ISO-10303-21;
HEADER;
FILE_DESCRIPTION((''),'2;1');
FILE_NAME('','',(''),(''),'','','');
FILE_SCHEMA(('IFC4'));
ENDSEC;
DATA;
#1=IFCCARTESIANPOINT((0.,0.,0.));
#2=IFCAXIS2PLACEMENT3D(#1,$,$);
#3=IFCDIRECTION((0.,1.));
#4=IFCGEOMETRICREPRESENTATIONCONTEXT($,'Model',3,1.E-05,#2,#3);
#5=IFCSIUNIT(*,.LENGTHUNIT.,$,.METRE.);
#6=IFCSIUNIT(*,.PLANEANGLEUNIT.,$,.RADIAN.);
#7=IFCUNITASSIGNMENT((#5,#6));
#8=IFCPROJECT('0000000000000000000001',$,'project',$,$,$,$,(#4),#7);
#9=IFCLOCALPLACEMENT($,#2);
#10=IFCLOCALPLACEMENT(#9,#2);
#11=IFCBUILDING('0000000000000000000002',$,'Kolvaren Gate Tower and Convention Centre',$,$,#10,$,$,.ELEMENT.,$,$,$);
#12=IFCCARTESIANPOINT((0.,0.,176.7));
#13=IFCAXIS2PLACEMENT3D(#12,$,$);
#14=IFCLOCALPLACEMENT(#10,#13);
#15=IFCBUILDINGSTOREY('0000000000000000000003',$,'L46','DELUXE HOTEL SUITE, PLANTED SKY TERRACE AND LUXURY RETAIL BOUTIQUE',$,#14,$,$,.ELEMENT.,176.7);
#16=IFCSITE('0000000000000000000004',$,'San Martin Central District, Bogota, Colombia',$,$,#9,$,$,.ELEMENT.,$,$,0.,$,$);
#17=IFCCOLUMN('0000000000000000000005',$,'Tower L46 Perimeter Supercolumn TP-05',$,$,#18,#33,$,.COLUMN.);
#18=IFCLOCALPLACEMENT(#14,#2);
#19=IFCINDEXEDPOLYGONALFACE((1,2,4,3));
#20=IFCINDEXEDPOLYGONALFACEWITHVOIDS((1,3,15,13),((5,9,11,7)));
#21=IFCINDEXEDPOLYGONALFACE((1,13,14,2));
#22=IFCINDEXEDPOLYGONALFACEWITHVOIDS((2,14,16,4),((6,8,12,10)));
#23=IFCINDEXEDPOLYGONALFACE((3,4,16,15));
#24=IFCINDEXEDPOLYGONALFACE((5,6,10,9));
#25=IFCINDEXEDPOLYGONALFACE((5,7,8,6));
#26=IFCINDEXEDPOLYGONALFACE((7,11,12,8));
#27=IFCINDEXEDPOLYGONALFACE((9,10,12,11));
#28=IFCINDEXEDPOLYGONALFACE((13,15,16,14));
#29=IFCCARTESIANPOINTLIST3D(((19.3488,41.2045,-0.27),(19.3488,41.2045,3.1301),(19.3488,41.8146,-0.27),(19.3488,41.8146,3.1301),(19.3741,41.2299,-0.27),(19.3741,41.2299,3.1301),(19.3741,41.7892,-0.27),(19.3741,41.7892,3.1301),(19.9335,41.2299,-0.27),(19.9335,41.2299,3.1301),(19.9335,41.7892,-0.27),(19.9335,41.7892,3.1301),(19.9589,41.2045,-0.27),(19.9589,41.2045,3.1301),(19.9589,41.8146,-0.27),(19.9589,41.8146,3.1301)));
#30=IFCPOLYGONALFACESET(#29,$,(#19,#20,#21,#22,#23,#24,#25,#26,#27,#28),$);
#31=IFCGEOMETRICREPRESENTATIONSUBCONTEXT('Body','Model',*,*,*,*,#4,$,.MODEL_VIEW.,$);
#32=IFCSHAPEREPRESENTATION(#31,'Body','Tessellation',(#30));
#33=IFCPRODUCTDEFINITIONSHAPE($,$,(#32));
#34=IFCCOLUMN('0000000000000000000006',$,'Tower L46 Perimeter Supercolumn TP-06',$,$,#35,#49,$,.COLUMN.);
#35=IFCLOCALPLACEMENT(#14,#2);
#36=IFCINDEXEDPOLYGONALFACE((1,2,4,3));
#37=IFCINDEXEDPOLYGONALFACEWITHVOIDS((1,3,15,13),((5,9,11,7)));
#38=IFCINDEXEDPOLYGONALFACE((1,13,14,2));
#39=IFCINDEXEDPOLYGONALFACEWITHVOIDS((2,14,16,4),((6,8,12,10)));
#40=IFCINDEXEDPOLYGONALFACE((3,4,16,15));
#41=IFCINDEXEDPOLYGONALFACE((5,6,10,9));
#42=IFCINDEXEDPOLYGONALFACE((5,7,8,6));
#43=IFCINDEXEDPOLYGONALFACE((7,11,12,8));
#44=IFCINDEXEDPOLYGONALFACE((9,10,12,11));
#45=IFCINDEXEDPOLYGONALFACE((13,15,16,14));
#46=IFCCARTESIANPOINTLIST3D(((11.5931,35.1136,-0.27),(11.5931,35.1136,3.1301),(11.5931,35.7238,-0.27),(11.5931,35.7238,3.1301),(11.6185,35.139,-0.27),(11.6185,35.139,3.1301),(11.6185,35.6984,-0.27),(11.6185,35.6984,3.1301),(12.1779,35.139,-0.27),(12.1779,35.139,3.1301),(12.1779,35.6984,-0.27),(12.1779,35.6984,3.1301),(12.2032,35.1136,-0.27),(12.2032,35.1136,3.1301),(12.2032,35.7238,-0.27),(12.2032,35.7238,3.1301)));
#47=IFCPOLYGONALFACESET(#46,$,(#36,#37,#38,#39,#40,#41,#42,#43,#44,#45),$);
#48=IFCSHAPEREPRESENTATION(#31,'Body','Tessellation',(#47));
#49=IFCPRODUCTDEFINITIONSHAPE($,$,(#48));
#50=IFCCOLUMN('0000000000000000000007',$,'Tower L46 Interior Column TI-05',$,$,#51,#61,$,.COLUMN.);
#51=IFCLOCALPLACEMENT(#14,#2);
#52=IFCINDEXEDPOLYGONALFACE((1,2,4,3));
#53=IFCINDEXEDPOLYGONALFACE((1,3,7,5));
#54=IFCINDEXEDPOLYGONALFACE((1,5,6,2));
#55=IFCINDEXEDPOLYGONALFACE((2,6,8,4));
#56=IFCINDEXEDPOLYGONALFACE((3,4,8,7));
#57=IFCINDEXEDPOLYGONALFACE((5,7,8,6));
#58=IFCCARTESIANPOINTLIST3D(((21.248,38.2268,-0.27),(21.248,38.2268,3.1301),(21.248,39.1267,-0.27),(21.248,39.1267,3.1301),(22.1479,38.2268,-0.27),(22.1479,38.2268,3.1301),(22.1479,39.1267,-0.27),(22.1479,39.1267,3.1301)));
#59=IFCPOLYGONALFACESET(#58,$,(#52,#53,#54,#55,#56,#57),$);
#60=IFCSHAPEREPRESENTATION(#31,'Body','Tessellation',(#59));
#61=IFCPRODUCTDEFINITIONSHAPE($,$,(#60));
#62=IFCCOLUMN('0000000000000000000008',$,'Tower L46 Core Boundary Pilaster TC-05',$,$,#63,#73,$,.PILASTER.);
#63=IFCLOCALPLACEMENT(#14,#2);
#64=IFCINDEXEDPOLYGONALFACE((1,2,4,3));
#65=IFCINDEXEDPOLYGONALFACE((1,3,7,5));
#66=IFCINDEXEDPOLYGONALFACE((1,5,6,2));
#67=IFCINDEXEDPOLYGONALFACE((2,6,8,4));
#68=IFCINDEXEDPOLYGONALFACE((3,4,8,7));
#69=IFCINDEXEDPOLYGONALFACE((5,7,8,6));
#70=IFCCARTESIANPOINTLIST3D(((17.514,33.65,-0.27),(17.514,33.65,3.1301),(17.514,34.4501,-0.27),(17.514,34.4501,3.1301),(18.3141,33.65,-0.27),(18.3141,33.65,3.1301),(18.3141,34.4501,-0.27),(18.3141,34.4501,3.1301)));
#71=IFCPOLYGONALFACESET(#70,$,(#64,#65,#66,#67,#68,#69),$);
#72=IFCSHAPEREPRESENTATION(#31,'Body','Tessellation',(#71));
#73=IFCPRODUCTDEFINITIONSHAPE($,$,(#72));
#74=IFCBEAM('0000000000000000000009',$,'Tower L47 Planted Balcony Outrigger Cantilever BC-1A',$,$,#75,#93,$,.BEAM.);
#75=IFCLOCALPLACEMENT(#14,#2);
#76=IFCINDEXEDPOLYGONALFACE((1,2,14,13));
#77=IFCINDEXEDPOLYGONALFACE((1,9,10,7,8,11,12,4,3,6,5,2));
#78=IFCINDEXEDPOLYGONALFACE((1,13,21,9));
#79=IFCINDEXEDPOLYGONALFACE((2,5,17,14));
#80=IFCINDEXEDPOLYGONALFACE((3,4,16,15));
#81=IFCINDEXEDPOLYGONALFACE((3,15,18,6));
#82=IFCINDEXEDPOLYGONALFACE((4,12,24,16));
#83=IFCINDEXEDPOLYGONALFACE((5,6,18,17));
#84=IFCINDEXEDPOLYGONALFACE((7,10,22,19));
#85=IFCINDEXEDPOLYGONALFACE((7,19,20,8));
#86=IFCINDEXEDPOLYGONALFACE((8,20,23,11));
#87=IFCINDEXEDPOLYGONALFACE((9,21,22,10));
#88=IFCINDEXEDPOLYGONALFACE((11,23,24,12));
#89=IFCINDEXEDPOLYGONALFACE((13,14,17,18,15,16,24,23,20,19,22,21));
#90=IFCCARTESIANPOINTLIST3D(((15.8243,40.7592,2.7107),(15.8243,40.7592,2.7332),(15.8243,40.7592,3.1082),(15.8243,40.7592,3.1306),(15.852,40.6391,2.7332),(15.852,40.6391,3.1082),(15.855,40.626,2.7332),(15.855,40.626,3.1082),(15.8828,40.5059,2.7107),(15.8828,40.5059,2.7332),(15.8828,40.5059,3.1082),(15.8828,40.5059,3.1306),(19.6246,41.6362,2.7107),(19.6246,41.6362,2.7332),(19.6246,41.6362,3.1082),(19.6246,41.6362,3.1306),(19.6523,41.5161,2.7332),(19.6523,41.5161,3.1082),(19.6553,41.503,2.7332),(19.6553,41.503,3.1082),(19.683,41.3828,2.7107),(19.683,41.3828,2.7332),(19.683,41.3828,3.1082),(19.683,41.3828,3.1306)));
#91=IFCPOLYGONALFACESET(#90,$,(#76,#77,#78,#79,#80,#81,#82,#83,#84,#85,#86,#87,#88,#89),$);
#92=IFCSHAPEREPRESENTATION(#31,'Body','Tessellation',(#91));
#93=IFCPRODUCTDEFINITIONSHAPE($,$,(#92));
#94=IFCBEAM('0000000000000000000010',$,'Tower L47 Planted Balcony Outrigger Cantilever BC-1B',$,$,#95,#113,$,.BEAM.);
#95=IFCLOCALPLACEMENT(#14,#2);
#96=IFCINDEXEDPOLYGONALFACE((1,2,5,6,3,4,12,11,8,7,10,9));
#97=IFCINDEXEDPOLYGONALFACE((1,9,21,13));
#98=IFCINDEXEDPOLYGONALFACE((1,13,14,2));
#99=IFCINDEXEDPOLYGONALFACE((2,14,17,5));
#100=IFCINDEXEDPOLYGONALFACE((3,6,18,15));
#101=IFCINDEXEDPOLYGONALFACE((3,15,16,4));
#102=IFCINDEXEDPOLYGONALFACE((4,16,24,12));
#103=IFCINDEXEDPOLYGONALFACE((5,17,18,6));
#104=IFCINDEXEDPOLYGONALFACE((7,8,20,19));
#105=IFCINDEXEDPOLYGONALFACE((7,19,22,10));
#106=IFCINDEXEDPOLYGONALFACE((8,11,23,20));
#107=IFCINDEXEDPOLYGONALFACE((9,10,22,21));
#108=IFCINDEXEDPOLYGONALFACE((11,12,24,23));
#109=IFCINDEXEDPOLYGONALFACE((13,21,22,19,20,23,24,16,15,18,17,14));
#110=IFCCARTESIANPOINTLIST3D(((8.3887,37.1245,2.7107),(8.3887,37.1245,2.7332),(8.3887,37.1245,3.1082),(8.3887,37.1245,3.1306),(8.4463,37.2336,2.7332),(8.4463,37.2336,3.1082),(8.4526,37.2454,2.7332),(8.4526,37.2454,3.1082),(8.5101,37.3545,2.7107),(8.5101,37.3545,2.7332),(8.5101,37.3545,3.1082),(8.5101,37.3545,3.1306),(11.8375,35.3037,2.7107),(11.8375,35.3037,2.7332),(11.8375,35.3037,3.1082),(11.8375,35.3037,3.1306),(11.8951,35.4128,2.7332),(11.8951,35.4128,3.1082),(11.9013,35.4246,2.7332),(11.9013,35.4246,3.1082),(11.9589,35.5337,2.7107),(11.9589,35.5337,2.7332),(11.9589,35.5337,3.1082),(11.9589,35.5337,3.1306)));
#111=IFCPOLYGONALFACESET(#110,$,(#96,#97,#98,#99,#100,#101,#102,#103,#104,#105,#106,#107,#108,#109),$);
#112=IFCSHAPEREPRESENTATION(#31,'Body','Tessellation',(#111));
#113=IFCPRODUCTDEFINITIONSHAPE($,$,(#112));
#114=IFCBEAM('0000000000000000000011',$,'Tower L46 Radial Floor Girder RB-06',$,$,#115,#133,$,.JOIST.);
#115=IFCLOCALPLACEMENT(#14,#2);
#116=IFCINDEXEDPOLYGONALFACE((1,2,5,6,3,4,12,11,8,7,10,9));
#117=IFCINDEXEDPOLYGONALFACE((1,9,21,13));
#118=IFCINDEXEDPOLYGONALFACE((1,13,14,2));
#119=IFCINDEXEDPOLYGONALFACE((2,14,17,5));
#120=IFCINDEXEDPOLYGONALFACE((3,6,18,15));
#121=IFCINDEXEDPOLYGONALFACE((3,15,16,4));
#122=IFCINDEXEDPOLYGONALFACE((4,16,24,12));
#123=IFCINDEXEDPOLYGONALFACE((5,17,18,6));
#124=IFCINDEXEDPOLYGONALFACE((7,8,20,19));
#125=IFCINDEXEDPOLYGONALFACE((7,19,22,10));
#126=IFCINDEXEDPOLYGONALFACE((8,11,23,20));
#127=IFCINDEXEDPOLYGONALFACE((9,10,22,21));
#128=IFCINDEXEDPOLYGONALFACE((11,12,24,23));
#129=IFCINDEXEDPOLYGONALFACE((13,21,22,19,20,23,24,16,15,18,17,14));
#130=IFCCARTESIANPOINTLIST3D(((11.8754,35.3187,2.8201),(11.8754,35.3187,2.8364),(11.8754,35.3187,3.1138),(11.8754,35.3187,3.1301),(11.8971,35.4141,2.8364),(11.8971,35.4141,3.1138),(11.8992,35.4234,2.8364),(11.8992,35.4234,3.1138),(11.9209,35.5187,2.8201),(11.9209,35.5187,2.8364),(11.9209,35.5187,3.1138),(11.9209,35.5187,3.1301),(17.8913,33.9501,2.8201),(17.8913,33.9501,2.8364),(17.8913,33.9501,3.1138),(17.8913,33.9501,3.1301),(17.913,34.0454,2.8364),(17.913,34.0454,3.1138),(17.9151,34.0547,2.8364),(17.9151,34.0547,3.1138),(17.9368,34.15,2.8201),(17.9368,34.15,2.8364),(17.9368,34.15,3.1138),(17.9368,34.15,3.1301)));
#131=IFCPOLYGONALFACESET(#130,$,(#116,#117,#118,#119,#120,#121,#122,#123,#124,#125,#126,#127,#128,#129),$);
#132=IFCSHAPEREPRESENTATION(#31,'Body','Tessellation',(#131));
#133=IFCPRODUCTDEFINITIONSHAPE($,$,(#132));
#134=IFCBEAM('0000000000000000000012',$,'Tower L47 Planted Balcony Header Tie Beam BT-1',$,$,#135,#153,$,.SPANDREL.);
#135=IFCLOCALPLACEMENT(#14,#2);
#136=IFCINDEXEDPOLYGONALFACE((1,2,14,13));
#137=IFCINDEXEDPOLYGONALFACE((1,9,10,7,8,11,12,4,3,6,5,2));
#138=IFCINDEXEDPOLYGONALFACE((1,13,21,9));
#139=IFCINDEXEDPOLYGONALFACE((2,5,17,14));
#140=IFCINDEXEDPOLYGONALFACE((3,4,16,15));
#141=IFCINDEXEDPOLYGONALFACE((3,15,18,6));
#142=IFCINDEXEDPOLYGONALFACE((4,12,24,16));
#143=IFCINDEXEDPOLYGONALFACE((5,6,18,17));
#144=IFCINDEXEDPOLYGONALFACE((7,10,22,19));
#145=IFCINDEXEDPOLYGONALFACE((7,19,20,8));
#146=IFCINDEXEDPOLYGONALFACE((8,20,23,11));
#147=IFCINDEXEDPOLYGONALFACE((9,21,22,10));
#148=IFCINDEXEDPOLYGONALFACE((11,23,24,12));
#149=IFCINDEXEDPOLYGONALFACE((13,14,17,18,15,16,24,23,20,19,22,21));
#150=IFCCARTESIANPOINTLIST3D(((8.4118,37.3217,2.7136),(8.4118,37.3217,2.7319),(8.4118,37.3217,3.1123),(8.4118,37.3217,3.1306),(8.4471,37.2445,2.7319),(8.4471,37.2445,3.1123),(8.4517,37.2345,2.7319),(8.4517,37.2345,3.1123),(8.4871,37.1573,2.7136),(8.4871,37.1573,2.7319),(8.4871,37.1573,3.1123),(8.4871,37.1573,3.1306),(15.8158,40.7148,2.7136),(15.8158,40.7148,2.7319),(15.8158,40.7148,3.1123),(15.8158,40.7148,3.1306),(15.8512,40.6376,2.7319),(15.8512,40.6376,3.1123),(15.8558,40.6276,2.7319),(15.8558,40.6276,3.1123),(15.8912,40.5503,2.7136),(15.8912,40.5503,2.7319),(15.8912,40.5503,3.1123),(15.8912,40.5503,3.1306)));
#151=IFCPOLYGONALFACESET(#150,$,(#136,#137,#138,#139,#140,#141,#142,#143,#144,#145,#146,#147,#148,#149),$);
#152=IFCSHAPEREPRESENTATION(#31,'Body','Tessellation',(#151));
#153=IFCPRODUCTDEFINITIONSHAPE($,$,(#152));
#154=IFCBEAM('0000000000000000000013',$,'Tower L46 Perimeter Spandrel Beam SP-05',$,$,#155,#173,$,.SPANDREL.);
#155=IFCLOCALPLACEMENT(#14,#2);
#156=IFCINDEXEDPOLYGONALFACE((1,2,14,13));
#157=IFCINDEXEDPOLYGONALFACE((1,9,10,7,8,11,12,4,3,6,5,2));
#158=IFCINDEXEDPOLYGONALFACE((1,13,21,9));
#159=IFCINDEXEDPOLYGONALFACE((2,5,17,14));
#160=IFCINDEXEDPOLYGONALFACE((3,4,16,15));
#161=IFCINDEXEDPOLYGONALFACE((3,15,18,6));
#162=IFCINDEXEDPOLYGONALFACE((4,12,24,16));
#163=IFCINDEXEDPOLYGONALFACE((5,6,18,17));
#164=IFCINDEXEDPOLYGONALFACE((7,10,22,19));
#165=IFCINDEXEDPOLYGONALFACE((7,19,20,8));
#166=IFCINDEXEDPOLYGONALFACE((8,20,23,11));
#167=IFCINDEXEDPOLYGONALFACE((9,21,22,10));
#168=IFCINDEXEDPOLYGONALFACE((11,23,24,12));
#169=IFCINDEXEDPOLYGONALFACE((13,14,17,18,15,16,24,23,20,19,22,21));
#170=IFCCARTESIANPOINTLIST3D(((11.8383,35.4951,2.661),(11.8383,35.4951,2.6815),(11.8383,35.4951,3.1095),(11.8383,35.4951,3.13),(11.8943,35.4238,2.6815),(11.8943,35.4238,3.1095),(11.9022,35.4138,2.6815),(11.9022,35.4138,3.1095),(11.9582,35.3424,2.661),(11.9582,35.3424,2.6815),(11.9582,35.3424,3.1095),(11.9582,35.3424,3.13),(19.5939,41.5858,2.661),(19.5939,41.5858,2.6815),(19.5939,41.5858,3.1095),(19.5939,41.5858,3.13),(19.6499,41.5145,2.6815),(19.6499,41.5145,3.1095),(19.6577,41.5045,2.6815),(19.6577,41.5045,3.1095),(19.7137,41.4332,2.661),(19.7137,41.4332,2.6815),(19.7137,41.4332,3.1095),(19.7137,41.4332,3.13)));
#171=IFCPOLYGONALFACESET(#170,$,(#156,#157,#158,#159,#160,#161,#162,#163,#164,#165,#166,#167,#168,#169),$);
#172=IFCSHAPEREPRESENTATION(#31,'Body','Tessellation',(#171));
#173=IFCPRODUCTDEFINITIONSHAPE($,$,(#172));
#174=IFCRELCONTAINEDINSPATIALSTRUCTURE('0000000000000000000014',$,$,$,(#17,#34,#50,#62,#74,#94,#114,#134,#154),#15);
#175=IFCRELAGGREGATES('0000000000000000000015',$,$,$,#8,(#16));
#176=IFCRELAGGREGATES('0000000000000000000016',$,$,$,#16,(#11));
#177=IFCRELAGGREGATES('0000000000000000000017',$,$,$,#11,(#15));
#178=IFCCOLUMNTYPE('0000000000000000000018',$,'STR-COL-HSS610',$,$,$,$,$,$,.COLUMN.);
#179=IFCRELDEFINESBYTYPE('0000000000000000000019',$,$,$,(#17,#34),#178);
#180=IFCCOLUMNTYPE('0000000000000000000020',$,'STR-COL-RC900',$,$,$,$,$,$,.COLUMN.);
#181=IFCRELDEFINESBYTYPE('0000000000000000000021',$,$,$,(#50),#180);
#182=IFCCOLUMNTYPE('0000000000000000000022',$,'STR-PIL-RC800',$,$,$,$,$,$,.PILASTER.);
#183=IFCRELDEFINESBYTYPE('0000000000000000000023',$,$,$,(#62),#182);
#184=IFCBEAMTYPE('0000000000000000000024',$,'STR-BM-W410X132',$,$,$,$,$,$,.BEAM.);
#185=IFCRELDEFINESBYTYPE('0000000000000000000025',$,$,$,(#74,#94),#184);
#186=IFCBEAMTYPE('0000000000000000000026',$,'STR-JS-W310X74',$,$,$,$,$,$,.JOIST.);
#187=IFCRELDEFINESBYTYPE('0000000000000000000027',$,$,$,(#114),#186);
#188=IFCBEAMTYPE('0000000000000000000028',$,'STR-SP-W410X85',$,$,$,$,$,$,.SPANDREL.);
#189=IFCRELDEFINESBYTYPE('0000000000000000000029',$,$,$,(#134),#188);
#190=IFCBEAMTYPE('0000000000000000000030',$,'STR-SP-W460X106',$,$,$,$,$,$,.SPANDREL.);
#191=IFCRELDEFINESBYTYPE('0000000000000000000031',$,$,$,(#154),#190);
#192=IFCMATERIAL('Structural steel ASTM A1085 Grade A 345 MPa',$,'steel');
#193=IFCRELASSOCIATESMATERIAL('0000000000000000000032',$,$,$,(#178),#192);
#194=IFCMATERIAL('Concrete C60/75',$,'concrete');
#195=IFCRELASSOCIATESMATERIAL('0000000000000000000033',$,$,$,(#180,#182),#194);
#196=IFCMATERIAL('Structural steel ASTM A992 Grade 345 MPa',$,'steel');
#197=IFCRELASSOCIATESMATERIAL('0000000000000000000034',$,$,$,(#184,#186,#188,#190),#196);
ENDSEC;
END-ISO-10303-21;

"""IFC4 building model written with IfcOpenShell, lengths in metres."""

from ifc_helpers import new_model, si_unit, direction, frame, origin, origin_2d, place, context, subcontext, project, spatial, rectangle, hollow_rectangle, i_section, extrude, material, material_profile, profile_set, type_object, element, save


model = new_model("IFC4")

# Units and contexts
model_context = context("Model", 3, precision=1e-05, world=origin(), true_north=direction((0.0, 1.0)))
body_context = subcontext(model_context, "Body", "Model", "MODEL_VIEW")
ifc_project = project(units=[si_unit("LENGTHUNIT", "METRE"), si_unit("PLANEANGLEUNIT", "RADIAN")], contexts=[model_context])

# Site, building, storey
site_placement = place(None, origin())
site = spatial("IfcSite", under=ifc_project, at=site_placement, Name="San Martin Central District, Bogota, Colombia", CompositionType="ELEMENT", RefElevation=0.0)
building_placement = place(site_placement, origin())
building = spatial("IfcBuilding", under=site, at=building_placement, Name="Kolvaren Gate Tower and Convention Centre", CompositionType="ELEMENT")
storey_placement = place(building_placement, frame((0.0, 0.0, 176.7)))
storey = spatial("IfcBuildingStorey", under=building, at=storey_placement, Name="L46", Description="DELUXE HOTEL SUITE, PLANTED SKY TERRACE AND LUXURY RETAIL BOUTIQUE", CompositionType="ELEMENT", Elevation=176.7)

# Columns
ifc_material_1 = material(Name="Structural steel ASTM A1085 Grade A 345 MPa", Category="steel")
ifc_material_profile_1 = material_profile(ifc_material_1, hollow_rectangle(XDim=0.6101, YDim=0.6101, WallThickness=0.0254, at=origin_2d()), Name="HSS610X610X25.4")
ifc_profile_set_1 = profile_set([ifc_material_profile_1], Name="Structural steel ASTM A1085 Grade A 345 MPa")
column_type_1 = type_object("IfcColumnType", Name="STR-COL-HSS610", PredefinedType="COLUMN", material=ifc_profile_set_1)
for number, where, z_axis, x_axis, name in (
    (1, (19.6538, 41.5095, -0.27), (0.0, 0.0, 1.0), (1.0, 0.0, 0.0), "Tower L46 Perimeter Supercolumn TP-05"),
    (2, (11.8982, 35.4187, -0.27), (0.0, 0.0, 1.0), (1.0, 0.0, 0.0), "Tower L46 Perimeter Supercolumn TP-06"),
):
    element("IfcColumn", number, at=place(storey_placement, frame(where, z_axis=z_axis, x_axis=x_axis)), inside=storey, type_object=column_type_1, Name=name, PredefinedType="COLUMN", context=body_context, shape_type="SweptSolid", body=[
        extrude(hollow_rectangle(XDim=0.6101, YDim=0.6101, WallThickness=0.0254, at=origin_2d()), origin(), (0.0, 0.0, 1.0), 3.4001),
    ])
ifc_material_2 = material(Name="Concrete C60/75", Category="concrete")
ifc_material_profile_2 = material_profile(ifc_material_2, rectangle(XDim=0.8999, YDim=0.8999, at=origin_2d()), Name="RC-COL-900X900")
ifc_profile_set_2 = profile_set([ifc_material_profile_2], Name="Concrete C60/75")
column_type_2 = type_object("IfcColumnType", Name="STR-COL-RC900", PredefinedType="COLUMN", material=ifc_profile_set_2)
column_1_placement = place(storey_placement, frame((21.698, 38.6768, -0.27), z_axis=(0.0, 0.0, 1.0), x_axis=(1.0, 0.0, 0.0)))
element("IfcColumn", 3, at=column_1_placement, inside=storey, type_object=column_type_2, Name="Tower L46 Interior Column TI-05", PredefinedType="COLUMN", context=body_context, shape_type="SweptSolid", body=[
    extrude(rectangle(XDim=0.8999, YDim=0.8999, at=origin_2d()), origin(), (0.0, 0.0, 1.0), 3.4001),
])
ifc_material_profile_3 = material_profile(ifc_material_2, rectangle(XDim=0.8, YDim=0.8, at=origin_2d()), Name="RC-COL-800X800")
ifc_profile_set_3 = profile_set([ifc_material_profile_3], Name="Concrete C60/75")
column_type_3 = type_object("IfcColumnType", Name="STR-PIL-RC800", PredefinedType="PILASTER", material=ifc_profile_set_3)
column_2_placement = place(storey_placement, frame((17.9141, 34.05, -0.27), z_axis=(0.0, 0.0, 1.0), x_axis=(1.0, 0.0, 0.0)))
element("IfcColumn", 4, at=column_2_placement, inside=storey, type_object=column_type_3, Name="Tower L46 Core Boundary Pilaster TC-05", PredefinedType="PILASTER", context=body_context, shape_type="SweptSolid", body=[
    extrude(rectangle(XDim=0.8, YDim=0.8, at=origin_2d()), origin(), (0.0, 0.0, 1.0), 3.4001),
])

# Beams
ifc_material_3 = material(Name="Structural steel ASTM A992 Grade 345 MPa", Category="steel")
ifc_material_profile_4 = material_profile(ifc_material_3, i_section(OverallWidth=0.26, OverallDepth=0.4199, WebThickness=0.0134, FlangeThickness=0.0225, at=origin_2d()), Name="W410X132")
ifc_profile_set_4 = profile_set([ifc_material_profile_4], Name="Structural steel ASTM A992 Grade 345 MPa")
beam_type_1 = type_object("IfcBeamType", Name="STR-BM-W410X132", PredefinedType="BEAM", material=ifc_profile_set_4)
beam_1_placement = place(storey_placement, frame((19.6538, 41.5095, 2.9207), z_axis=(-0.974393, -0.22485, 0.0), x_axis=(0.22485, -0.974393, 0.0)))
element("IfcBeam", 5, at=beam_1_placement, inside=storey, type_object=beam_type_1, Name="Tower L47 Planted Balcony Outrigger Cantilever BC-1A", PredefinedType="BEAM", context=body_context, shape_type="SweptSolid", body=[
    extrude(i_section(OverallWidth=0.26, OverallDepth=0.4199, WebThickness=0.0134, FlangeThickness=0.0225, at=origin_2d()), origin(), (0.0, 0.0, 1.0), 3.9001),
])
beam_2_placement = place(storey_placement, frame((11.8982, 35.4187, 2.9207), z_axis=(-0.884317, 0.466886, 0.0), x_axis=(-0.466886, -0.884317, 0.0)))
element("IfcBeam", 6, at=beam_2_placement, inside=storey, type_object=beam_type_1, Name="Tower L47 Planted Balcony Outrigger Cantilever BC-1B", PredefinedType="BEAM", context=body_context, shape_type="SweptSolid", body=[
    extrude(i_section(OverallWidth=0.26, OverallDepth=0.4199, WebThickness=0.0134, FlangeThickness=0.0225, at=origin_2d()), origin(), (0.0, 0.0, 1.0), 3.8999),
])
ifc_material_profile_5 = material_profile(ifc_material_3, i_section(OverallWidth=0.2051, OverallDepth=0.3101, WebThickness=0.0095, FlangeThickness=0.0164, at=origin_2d()), Name="W310X74")
ifc_profile_set_5 = profile_set([ifc_material_profile_5], Name="Structural steel ASTM A992 Grade 345 MPa")
beam_type_2 = type_object("IfcBeamType", Name="STR-JS-W310X74", PredefinedType="JOIST", material=ifc_profile_set_5)
beam_3_placement = place(storey_placement, frame((17.9141, 34.05, 2.9751), z_axis=(-0.975083, 0.221838, 0.0), x_axis=(-0.221838, -0.975083, 0.0)))
element("IfcBeam", 7, at=beam_3_placement, inside=storey, type_object=beam_type_2, Name="Tower L46 Radial Floor Girder RB-06", PredefinedType="JOIST", context=body_context, shape_type="SweptSolid", body=[
    extrude(i_section(OverallWidth=0.2051, OverallDepth=0.3101, WebThickness=0.0095, FlangeThickness=0.0164, at=origin_2d()), origin(), (0.0, 0.0, 1.0), 6.1697),
])
ifc_material_profile_6 = material_profile(ifc_material_3, i_section(OverallWidth=0.1809, OverallDepth=0.417, WebThickness=0.011, FlangeThickness=0.0183, at=origin_2d()), Name="W410X85")
ifc_profile_set_6 = profile_set([ifc_material_profile_6], Name="Structural steel ASTM A992 Grade 345 MPa")
beam_type_3 = type_object("IfcBeamType", Name="STR-SP-W410X85", PredefinedType="SPANDREL", material=ifc_profile_set_6)
beam_4_placement = place(storey_placement, frame((15.8535, 40.6326, 2.9221), z_axis=(-0.909086, -0.416608, 0.0), x_axis=(0.416608, -0.909086, 0.0)))
element("IfcBeam", 8, at=beam_4_placement, inside=storey, type_object=beam_type_3, Name="Tower L47 Planted Balcony Header Tie Beam BT-1", PredefinedType="SPANDREL", context=body_context, shape_type="SweptSolid", body=[
    extrude(i_section(OverallWidth=0.1809, OverallDepth=0.417, WebThickness=0.011, FlangeThickness=0.0183, at=origin_2d()), origin(), (0.0, 0.0, 1.0), 8.1445),
])
ifc_material_profile_7 = material_profile(ifc_material_3, i_section(OverallWidth=0.1941, OverallDepth=0.469, WebThickness=0.0127, FlangeThickness=0.0205, at=origin_2d()), Name="W460X106")
ifc_profile_set_7 = profile_set([ifc_material_profile_7], Name="Structural steel ASTM A992 Grade 345 MPa")
beam_type_4 = type_object("IfcBeamType", Name="STR-SP-W460X106", PredefinedType="SPANDREL", material=ifc_profile_set_7)
beam_5_placement = place(storey_placement, frame((19.6538, 41.5095, 2.8955), z_axis=(-0.78646, -0.617641, 0.0), x_axis=(0.617641, -0.78646, 0.0)))
element("IfcBeam", 9, at=beam_5_placement, inside=storey, type_object=beam_type_4, Name="Tower L46 Perimeter Spandrel Beam SP-05", PredefinedType="SPANDREL", context=body_context, shape_type="SweptSolid", body=[
    extrude(i_section(OverallWidth=0.1941, OverallDepth=0.469, WebThickness=0.0127, FlangeThickness=0.0205, at=origin_2d()), origin(), (0.0, 0.0, 1.0), 9.8613),
])

save(model, "model.ifc")
